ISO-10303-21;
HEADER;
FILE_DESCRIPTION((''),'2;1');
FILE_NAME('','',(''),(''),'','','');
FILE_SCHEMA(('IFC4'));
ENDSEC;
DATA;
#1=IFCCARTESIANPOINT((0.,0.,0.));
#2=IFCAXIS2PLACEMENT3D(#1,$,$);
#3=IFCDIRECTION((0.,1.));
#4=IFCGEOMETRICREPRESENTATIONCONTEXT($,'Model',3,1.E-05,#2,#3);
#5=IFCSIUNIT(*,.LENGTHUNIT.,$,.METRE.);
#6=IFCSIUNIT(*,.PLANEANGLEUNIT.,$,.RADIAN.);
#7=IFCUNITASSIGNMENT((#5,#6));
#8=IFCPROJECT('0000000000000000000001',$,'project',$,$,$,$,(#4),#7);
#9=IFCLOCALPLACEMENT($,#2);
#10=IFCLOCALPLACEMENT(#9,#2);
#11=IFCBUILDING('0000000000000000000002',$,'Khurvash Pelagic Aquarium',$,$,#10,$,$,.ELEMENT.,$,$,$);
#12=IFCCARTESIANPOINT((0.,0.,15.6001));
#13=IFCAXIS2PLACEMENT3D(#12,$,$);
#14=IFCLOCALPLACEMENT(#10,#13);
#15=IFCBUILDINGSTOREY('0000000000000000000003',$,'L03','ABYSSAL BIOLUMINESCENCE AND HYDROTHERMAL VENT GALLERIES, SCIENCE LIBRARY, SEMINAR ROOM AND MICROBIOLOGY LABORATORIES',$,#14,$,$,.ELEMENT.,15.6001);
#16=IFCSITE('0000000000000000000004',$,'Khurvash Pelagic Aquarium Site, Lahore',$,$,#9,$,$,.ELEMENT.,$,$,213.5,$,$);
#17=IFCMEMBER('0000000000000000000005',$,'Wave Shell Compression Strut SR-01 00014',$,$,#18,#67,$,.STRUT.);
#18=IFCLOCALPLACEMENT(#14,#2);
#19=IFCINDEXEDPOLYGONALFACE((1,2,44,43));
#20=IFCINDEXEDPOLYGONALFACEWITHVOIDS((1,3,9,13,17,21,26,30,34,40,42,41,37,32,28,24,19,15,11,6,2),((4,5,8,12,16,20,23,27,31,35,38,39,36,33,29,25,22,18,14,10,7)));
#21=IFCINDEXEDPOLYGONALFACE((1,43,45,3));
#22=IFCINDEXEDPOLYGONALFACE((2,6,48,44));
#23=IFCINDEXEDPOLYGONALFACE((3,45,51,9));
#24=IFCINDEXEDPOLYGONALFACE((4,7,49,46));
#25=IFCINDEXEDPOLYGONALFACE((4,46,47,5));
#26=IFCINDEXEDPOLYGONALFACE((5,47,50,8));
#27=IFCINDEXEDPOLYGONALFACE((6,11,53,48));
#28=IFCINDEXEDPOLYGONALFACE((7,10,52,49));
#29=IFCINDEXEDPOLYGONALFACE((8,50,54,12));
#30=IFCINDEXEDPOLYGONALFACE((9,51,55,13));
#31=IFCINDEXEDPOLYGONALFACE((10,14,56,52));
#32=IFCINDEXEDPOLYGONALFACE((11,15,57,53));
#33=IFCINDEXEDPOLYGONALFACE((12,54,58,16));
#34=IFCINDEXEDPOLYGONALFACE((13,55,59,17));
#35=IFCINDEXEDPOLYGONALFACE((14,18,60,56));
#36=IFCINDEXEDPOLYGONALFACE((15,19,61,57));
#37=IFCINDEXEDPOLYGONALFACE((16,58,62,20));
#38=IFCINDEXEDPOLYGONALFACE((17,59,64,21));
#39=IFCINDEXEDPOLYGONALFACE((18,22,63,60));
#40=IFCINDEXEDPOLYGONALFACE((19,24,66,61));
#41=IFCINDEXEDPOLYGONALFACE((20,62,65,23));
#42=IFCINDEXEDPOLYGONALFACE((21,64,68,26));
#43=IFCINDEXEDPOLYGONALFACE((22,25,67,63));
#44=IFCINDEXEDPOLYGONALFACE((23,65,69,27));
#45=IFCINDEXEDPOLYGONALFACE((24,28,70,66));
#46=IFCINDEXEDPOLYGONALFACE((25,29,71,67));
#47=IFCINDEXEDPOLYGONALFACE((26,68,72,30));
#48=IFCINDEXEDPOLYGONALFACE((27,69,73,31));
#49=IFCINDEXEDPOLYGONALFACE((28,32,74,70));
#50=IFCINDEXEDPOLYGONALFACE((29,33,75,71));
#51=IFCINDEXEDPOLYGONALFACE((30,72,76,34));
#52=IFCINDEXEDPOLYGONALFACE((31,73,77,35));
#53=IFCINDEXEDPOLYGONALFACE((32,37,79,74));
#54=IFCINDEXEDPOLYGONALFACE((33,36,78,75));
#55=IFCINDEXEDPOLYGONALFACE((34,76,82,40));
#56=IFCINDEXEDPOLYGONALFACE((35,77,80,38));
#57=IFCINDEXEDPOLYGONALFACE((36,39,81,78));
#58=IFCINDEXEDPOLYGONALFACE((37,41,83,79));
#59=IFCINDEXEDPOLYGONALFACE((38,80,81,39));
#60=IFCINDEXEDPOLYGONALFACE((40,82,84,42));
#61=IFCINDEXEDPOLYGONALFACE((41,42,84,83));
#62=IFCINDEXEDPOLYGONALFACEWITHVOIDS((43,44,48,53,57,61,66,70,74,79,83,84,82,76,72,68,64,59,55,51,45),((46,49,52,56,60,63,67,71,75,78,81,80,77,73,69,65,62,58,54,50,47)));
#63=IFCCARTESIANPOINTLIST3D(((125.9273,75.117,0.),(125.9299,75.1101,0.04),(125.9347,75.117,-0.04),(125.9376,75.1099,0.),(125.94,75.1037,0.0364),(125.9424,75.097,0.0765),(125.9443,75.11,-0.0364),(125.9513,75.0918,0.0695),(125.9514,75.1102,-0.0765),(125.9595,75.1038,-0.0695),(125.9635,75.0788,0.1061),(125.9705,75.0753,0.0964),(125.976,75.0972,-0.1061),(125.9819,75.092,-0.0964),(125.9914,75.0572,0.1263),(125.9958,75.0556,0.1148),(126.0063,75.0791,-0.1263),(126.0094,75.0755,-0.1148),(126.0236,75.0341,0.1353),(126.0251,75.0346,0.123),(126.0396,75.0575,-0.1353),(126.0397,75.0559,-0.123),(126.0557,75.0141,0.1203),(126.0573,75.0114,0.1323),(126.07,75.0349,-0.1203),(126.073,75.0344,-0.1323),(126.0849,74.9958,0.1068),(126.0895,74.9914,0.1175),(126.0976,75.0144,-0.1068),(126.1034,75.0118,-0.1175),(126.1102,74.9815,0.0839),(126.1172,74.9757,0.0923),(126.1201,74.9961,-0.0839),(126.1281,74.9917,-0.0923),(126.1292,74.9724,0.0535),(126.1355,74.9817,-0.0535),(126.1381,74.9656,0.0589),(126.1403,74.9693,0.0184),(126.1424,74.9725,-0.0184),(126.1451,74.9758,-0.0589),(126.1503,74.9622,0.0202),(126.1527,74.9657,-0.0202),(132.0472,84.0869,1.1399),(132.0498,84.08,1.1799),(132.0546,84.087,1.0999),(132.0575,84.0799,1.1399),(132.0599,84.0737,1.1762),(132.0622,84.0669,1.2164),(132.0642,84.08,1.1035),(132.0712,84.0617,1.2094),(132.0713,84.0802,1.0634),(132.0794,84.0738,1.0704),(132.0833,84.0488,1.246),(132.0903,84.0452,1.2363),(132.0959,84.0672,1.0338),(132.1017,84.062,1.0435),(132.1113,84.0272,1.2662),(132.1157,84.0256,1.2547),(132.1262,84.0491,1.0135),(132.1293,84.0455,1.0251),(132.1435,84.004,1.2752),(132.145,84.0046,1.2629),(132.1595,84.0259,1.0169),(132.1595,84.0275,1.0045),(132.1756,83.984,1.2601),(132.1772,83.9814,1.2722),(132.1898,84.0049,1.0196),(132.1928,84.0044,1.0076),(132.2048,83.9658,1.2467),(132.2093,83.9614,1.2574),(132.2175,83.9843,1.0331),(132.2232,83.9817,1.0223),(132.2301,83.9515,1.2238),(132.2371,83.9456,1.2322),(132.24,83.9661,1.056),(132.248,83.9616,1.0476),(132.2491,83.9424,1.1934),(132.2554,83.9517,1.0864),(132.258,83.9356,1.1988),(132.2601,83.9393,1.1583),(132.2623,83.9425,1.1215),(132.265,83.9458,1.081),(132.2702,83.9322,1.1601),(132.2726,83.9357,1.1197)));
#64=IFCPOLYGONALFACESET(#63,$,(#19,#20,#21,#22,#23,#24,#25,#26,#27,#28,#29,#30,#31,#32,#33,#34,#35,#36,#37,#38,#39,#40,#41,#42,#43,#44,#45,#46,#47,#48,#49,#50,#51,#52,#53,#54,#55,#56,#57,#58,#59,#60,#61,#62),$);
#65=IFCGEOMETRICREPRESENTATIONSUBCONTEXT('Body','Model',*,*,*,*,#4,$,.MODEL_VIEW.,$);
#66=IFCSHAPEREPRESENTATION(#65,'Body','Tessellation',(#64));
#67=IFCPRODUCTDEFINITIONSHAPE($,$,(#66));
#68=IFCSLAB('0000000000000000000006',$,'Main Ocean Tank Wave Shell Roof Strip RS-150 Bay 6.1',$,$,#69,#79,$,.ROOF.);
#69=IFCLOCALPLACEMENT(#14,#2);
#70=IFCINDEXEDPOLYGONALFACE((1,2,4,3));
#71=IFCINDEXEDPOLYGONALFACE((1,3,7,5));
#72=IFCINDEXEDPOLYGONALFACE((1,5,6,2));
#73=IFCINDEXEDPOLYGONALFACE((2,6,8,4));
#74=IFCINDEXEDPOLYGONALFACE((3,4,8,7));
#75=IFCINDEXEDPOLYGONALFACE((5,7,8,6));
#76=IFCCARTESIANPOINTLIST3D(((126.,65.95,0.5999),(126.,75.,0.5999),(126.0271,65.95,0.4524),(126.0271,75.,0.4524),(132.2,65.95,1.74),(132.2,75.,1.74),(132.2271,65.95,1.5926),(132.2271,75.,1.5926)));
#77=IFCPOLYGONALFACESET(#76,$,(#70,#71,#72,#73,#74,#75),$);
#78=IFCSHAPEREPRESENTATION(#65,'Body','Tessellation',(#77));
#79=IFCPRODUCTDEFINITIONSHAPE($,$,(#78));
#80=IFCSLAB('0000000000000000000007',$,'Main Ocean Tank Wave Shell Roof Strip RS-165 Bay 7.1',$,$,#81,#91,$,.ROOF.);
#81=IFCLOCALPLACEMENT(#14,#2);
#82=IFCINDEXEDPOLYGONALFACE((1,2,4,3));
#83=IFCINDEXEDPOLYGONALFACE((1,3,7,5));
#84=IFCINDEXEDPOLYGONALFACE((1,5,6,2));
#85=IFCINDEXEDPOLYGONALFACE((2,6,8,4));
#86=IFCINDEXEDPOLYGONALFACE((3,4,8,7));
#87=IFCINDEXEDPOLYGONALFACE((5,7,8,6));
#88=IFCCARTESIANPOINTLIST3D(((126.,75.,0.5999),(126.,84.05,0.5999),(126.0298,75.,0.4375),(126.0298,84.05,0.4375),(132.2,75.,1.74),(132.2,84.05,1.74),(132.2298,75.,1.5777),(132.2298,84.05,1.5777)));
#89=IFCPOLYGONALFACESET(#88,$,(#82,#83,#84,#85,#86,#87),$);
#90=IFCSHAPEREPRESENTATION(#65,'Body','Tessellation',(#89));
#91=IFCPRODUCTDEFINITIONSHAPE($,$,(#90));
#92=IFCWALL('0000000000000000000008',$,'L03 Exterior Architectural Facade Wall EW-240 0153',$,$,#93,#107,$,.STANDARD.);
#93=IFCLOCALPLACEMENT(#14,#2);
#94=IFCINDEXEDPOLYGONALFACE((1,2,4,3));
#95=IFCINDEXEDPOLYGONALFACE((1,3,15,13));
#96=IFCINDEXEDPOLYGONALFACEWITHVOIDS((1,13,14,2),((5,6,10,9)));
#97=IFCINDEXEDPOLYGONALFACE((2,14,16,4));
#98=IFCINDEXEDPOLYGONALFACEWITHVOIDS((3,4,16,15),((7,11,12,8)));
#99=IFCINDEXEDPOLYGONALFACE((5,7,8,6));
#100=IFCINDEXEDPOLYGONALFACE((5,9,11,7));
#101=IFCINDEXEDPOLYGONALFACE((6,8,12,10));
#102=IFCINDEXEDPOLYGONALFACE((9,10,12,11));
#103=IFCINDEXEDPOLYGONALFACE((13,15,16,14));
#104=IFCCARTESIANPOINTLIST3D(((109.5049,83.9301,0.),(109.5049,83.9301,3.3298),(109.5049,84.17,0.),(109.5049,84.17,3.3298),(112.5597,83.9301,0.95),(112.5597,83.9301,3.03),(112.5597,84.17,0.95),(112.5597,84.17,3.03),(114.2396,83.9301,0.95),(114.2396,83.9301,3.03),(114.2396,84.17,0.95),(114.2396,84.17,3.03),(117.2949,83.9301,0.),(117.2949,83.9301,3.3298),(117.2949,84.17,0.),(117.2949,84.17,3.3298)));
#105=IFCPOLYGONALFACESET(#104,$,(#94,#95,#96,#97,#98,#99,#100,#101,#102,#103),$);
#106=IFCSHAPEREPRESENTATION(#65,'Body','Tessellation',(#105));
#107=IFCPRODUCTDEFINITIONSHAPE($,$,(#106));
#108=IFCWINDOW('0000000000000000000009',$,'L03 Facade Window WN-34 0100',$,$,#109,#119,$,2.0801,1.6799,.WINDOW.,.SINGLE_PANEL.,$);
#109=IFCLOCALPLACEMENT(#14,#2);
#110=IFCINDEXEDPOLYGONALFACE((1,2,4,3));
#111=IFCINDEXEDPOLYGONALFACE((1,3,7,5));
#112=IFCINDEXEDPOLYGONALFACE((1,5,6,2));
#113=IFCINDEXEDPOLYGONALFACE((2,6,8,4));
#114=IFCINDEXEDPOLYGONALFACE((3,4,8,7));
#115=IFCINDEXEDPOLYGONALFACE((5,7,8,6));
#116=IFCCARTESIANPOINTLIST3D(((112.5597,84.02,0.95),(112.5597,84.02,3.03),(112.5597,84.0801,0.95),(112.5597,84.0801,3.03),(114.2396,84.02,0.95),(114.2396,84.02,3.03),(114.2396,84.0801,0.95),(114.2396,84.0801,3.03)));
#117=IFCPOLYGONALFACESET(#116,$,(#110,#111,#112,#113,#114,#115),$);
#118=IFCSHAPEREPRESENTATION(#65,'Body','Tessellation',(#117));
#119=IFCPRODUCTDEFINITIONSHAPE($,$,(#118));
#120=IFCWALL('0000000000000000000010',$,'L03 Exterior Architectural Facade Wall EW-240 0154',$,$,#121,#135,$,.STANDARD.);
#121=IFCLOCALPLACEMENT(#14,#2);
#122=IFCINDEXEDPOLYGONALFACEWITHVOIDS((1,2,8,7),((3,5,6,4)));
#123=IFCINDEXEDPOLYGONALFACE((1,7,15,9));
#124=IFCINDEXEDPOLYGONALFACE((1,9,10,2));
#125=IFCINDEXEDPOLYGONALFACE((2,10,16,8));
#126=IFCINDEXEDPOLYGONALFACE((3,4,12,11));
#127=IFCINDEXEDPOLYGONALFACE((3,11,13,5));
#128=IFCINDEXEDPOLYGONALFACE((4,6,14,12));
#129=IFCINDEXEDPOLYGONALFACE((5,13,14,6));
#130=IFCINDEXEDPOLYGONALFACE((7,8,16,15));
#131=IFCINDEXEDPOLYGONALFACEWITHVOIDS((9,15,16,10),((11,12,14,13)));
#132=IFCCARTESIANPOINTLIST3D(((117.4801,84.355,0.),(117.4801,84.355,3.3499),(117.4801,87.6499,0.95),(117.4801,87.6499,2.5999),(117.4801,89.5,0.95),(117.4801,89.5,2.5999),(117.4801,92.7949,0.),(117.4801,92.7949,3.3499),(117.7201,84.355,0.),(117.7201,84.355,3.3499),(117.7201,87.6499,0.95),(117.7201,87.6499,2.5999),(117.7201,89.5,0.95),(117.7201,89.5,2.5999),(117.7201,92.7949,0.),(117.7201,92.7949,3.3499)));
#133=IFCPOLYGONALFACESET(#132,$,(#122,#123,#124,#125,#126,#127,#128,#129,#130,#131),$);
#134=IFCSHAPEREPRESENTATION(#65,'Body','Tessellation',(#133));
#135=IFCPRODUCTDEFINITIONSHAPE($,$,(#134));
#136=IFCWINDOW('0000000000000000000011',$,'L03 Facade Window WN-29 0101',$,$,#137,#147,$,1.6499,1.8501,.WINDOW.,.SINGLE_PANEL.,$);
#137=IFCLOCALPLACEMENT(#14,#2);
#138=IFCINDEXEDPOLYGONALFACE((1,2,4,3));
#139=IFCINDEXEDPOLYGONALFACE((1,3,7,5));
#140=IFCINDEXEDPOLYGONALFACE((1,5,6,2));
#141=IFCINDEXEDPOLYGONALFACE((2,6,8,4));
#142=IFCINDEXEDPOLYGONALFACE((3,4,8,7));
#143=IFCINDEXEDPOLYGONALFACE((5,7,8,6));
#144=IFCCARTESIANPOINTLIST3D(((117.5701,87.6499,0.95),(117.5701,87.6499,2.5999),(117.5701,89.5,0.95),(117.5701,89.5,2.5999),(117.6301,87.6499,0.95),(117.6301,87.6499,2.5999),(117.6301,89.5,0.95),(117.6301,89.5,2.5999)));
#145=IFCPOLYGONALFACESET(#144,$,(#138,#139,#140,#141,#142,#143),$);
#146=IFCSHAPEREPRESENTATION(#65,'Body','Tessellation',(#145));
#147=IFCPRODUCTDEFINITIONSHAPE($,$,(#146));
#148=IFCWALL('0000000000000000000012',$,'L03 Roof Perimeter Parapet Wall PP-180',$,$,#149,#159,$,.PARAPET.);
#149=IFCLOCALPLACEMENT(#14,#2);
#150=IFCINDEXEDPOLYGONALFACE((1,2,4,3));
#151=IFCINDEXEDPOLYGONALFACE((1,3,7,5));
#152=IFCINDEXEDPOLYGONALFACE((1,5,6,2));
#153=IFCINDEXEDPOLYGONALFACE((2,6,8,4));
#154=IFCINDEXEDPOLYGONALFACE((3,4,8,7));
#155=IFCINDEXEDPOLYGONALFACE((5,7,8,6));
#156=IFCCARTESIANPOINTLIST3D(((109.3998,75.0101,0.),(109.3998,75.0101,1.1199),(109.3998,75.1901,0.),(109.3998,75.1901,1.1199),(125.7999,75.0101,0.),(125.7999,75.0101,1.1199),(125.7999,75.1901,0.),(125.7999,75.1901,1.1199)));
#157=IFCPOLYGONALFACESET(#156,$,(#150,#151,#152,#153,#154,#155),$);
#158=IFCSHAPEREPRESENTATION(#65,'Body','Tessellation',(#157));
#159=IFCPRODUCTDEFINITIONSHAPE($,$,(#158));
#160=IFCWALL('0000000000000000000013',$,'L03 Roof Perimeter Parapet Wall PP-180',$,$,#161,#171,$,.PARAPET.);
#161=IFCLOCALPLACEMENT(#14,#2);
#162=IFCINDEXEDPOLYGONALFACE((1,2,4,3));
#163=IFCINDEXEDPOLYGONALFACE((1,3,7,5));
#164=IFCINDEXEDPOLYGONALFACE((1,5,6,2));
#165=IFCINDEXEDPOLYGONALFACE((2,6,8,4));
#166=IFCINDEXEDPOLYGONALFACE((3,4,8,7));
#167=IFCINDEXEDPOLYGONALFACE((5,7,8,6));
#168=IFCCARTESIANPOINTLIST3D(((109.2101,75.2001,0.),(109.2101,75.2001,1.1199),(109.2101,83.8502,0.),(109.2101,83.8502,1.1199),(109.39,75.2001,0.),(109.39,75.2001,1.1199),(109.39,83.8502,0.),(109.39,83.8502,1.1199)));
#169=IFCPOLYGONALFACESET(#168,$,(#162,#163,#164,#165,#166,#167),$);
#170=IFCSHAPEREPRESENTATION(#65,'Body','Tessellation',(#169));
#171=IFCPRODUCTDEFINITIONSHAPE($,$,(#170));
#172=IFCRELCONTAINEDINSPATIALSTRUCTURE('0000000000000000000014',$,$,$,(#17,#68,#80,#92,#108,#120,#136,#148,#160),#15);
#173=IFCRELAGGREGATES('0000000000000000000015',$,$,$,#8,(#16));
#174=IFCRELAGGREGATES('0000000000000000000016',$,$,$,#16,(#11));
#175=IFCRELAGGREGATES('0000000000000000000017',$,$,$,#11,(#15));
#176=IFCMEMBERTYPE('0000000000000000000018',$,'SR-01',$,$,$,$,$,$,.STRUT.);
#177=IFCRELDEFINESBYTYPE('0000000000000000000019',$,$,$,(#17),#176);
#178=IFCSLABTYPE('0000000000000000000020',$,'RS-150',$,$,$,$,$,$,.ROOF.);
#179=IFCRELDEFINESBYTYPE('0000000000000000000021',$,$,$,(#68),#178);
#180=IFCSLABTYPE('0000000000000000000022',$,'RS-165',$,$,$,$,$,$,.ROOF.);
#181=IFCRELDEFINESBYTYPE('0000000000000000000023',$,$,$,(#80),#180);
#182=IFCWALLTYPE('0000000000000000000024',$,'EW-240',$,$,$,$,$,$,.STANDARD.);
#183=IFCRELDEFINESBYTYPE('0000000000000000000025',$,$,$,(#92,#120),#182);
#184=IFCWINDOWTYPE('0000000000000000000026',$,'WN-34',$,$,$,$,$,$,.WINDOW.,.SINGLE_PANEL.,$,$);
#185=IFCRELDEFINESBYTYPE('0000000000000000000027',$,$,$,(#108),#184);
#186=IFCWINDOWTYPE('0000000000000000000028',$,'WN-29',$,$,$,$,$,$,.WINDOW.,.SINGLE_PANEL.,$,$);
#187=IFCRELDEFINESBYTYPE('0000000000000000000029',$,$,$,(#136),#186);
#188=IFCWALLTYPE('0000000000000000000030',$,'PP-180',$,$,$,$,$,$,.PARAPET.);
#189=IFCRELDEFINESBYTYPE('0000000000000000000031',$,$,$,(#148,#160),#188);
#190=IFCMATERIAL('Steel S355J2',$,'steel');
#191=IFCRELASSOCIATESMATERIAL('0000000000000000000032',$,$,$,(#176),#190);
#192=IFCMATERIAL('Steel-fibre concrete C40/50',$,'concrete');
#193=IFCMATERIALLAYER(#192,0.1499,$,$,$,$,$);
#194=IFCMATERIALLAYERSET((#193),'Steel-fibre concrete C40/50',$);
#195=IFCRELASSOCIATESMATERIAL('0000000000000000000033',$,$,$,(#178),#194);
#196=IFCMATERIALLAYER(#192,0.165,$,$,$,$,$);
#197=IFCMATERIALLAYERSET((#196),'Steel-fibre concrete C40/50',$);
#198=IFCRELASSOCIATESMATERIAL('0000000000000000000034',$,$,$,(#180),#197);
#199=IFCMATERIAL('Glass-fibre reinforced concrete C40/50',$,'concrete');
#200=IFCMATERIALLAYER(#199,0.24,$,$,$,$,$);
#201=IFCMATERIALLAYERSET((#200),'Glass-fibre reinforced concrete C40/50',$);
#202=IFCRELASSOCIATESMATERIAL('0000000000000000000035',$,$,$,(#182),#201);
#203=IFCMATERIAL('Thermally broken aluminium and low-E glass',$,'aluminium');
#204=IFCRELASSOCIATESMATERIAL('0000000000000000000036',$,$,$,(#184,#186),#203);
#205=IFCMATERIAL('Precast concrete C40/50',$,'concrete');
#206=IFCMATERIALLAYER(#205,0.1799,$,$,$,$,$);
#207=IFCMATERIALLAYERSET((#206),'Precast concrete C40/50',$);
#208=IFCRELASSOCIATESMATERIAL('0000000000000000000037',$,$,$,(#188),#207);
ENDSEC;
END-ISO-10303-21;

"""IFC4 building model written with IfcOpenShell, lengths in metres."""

from ifc_helpers import new_model, si_unit, direction, frame, frame_2d, origin, origin_2d, place, context, subcontext, project, spatial, polyline, rectangle, hollow_circle, outline, extrude, material, layer, layer_set, material_profile, profile_set, type_object, element, fill, save


model = new_model("IFC4")

# Units and contexts
model_context = context("Model", 3, precision=1e-05, world=origin(), true_north=direction((0.0, 1.0)))
body_context = subcontext(model_context, "Body", "Model", "MODEL_VIEW")
ifc_project = project(units=[si_unit("LENGTHUNIT", "METRE"), si_unit("PLANEANGLEUNIT", "RADIAN")], contexts=[model_context])

# Site, building, storey
site_placement = place(None, origin())
site = spatial("IfcSite", under=ifc_project, at=site_placement, Name="Khurvash Pelagic Aquarium Site, Lahore", CompositionType="ELEMENT", RefElevation=213.5)
building_placement = place(site_placement, origin())
building = spatial("IfcBuilding", under=site, at=building_placement, Name="Khurvash Pelagic Aquarium", CompositionType="ELEMENT")
storey_placement = place(building_placement, frame((0.0, 0.0, 15.6001)))
storey = spatial("IfcBuildingStorey", under=building, at=storey_placement, Name="L03", Description="ABYSSAL BIOLUMINESCENCE AND HYDROTHERMAL VENT GALLERIES, SCIENCE LIBRARY, SEMINAR ROOM AND MICROBIOLOGY LABORATORIES", CompositionType="ELEMENT", Elevation=15.6001)

# Shared definitions
ifc_material_1 = material(Name="Steel-fibre concrete C40/50", Category="concrete")

# Member
ifc_material_2 = material(Name="Steel S355J2", Category="steel")
ifc_material_profile_1 = material_profile(ifc_material_2, hollow_circle(Radius=0.1365, WallThickness=0.0125, at=origin_2d()), Name="CHS273X12")
ifc_profile_set_1 = profile_set([ifc_material_profile_1], Name="Steel S355J2")
member_type = type_object("IfcMemberType", Name="SR-01", PredefinedType="STRUT", material=ifc_profile_set_1)
member_placement = place(storey_placement, frame((126.04, 75.04, 0.0), z_axis=(0.560507, 0.821542, 0.104401), x_axis=(-0.826057, 0.563587, 0.0)))
element("IfcMember", 1, at=member_placement, inside=storey, type_object=member_type, Name="Wave Shell Compression Strut SR-01 00014", PredefinedType="STRUT", context=body_context, shape_type="SweptSolid", body=[
    extrude(hollow_circle(Radius=0.1365, WallThickness=0.0125, at=origin_2d()), origin(), (0.0, 0.0, 1.0), 10.9185),
])

# Slabs
ifc_layer_1 = layer(ifc_material_1, 0.1499)
ifc_layer_set_1 = layer_set([ifc_layer_1], Name="Steel-fibre concrete C40/50")
slab_type_1 = type_object("IfcSlabType", Name="RS-150", PredefinedType="ROOF", material=ifc_layer_set_1)
slab_1_placement = place(storey_placement, frame((126.0, 65.95, 0.5999), z_axis=(-0.180862, 0.0, 0.983509), x_axis=(0.983509, 0.0, 0.180862)))
element("IfcSlab", 2, at=slab_1_placement, inside=storey, type_object=slab_type_1, Name="Main Ocean Tank Wave Shell Roof Strip RS-150 Bay 6.1", PredefinedType="ROOF", context=body_context, shape_type="SweptSolid", body=[
    extrude(outline(polyline([(0.0, 0.0), (6.3039, 0.0), (6.3039, 9.05), (0.0, 9.05), (0.0, 0.0)])), origin(), (0.0, 0.0, -1.0), 0.1499),
])
ifc_layer_2 = layer(ifc_material_1, 0.165)
ifc_layer_set_2 = layer_set([ifc_layer_2], Name="Steel-fibre concrete C40/50")
slab_type_2 = type_object("IfcSlabType", Name="RS-165", PredefinedType="ROOF", material=ifc_layer_set_2)
slab_2_placement = place(storey_placement, frame((126.0, 75.0, 0.5999), z_axis=(-0.180862, 0.0, 0.983509), x_axis=(0.983509, 0.0, 0.180862)))
element("IfcSlab", 3, at=slab_2_placement, inside=storey, type_object=slab_type_2, Name="Main Ocean Tank Wave Shell Roof Strip RS-165 Bay 7.1", PredefinedType="ROOF", context=body_context, shape_type="SweptSolid", body=[
    extrude(outline(polyline([(0.0, 0.0), (6.3039, 0.0), (6.3039, 9.05), (0.0, 9.05), (0.0, 0.0)])), origin(), (0.0, 0.0, -1.0), 0.165),
])

# Walls, openings, windows
ifc_material_3 = material(Name="Glass-fibre reinforced concrete C40/50", Category="concrete")
ifc_layer_3 = layer(ifc_material_3, 0.24)
ifc_layer_set_3 = layer_set([ifc_layer_3], Name="Glass-fibre reinforced concrete C40/50")
wall_type_1 = type_object("IfcWallType", Name="EW-240", PredefinedType="STANDARD", material=ifc_layer_set_3)
wall_1_placement = place(storey_placement, frame((109.5049, 84.05, 0.0), z_axis=(0.0, 0.0, 1.0), x_axis=(1.0, 0.0, 0.0)))
wall_1 = element("IfcWall", 4, at=wall_1_placement, inside=storey, type_object=wall_type_1, Name="L03 Exterior Architectural Facade Wall EW-240 0153", PredefinedType="STANDARD", context=body_context, shape_type="SweptSolid", body=[
    extrude(rectangle(XDim=7.79, YDim=0.24, at=frame_2d((3.895, 0.0))), origin(), (0.0, 0.0, 1.0), 3.3298),
])
opening_1_placement = place(wall_1_placement, frame((3.0549, 0.0, 0.95)))
opening_1 = element("IfcOpeningElement", 5, at=opening_1_placement, cuts=wall_1, PredefinedType="OPENING", context=body_context, shape_type="SweptSolid", body=[
    extrude(rectangle(XDim=1.6799, YDim=2.0801, at=frame_2d((0.8398, 1.04))), frame((0.0, 0.1299, 0.0), z_axis=(0.0, -1.0, 0.0), x_axis=(1.0, 0.0, 0.0)), (0.0, 0.0, 1.0), 0.26),
])
ifc_material_4 = material(Name="Thermally broken aluminium and low-E glass", Category="aluminium")
window_type_1 = type_object("IfcWindowType", Name="WN-34", PartitioningType="SINGLE_PANEL", PredefinedType="WINDOW", material=ifc_material_4)
window_1_placement = place(opening_1_placement, origin())
window_1 = element("IfcWindow", 6, at=window_1_placement, inside=storey, type_object=window_type_1, Name="L03 Facade Window WN-34 0100", OverallHeight=2.0801, OverallWidth=1.6799, PartitioningType="SINGLE_PANEL", PredefinedType="WINDOW", context=body_context, shape_type="SweptSolid", body=[
    extrude(rectangle(XDim=1.6799, YDim=2.0801, at=frame_2d((0.8398, 1.04))), frame((0.0, 0.03, 0.0), z_axis=(0.0, -1.0, 0.0), x_axis=(1.0, 0.0, 0.0)), (0.0, 0.0, 1.0), 0.0601),
])
fill(opening_1, window_1)
wall_2_placement = place(storey_placement, frame((117.6001, 84.355, 0.0), z_axis=(0.0, 0.0, 1.0), x_axis=(0.0, 1.0, 0.0)))
wall_2 = element("IfcWall", 7, at=wall_2_placement, inside=storey, type_object=wall_type_1, Name="L03 Exterior Architectural Facade Wall EW-240 0154", PredefinedType="STANDARD", context=body_context, shape_type="SweptSolid", body=[
    extrude(rectangle(XDim=8.4399, YDim=0.24, at=frame_2d((4.22, 0.0))), origin(), (0.0, 0.0, 1.0), 3.3499),
])
opening_2_placement = place(wall_2_placement, frame((3.2949, 0.0, 0.95)))
opening_2 = element("IfcOpeningElement", 8, at=opening_2_placement, cuts=wall_2, PredefinedType="OPENING", context=body_context, shape_type="SweptSolid", body=[
    extrude(rectangle(XDim=1.8501, YDim=1.6499, at=frame_2d((0.925, 0.825))), frame((0.0, 0.1299, 0.0), z_axis=(0.0, -1.0, 0.0), x_axis=(1.0, 0.0, 0.0)), (0.0, 0.0, 1.0), 0.26),
])
window_type_2 = type_object("IfcWindowType", Name="WN-29", PartitioningType="SINGLE_PANEL", PredefinedType="WINDOW", material=ifc_material_4)
window_2_placement = place(opening_2_placement, origin())
window_2 = element("IfcWindow", 9, at=window_2_placement, inside=storey, type_object=window_type_2, Name="L03 Facade Window WN-29 0101", OverallHeight=1.6499, OverallWidth=1.8501, PartitioningType="SINGLE_PANEL", PredefinedType="WINDOW", context=body_context, shape_type="SweptSolid", body=[
    extrude(rectangle(XDim=1.8501, YDim=1.6499, at=frame_2d((0.925, 0.825))), frame((0.0, 0.03, 0.0), z_axis=(0.0, -1.0, 0.0), x_axis=(1.0, 0.0, 0.0)), (0.0, 0.0, 1.0), 0.0601),
])
fill(opening_2, window_2)

# Walls
ifc_material_5 = material(Name="Precast concrete C40/50", Category="concrete")
ifc_layer_4 = layer(ifc_material_5, 0.1799)
ifc_layer_set_4 = layer_set([ifc_layer_4], Name="Precast concrete C40/50")
wall_type_2 = type_object("IfcWallType", Name="PP-180", PredefinedType="PARAPET", material=ifc_layer_set_4)
wall_3_placement = place(storey_placement, frame((125.8, 75.1001, 0.0), z_axis=(0.0, 0.0, 1.0), x_axis=(-1.0, 0.0, 0.0)))
element("IfcWall", 10, at=wall_3_placement, inside=storey, type_object=wall_type_2, Name="L03 Roof Perimeter Parapet Wall PP-180", PredefinedType="PARAPET", context=body_context, shape_type="SweptSolid", body=[
    extrude(rectangle(XDim=16.4001, YDim=0.1799, at=frame_2d((8.2002, 0.0))), origin(), (0.0, 0.0, 1.0), 1.1199),
])
wall_4_placement = place(storey_placement, frame((109.3, 75.2, 0.0), z_axis=(0.0, 0.0, 1.0), x_axis=(0.0, 1.0, 0.0)))
element("IfcWall", 11, at=wall_4_placement, inside=storey, type_object=wall_type_2, Name="L03 Roof Perimeter Parapet Wall PP-180", PredefinedType="PARAPET", context=body_context, shape_type="SweptSolid", body=[
    extrude(rectangle(XDim=8.6501, YDim=0.1799, at=frame_2d((4.3252, 0.0))), origin(), (0.0, 0.0, 1.0), 1.1199),
])

save(model, "model.ifc")
